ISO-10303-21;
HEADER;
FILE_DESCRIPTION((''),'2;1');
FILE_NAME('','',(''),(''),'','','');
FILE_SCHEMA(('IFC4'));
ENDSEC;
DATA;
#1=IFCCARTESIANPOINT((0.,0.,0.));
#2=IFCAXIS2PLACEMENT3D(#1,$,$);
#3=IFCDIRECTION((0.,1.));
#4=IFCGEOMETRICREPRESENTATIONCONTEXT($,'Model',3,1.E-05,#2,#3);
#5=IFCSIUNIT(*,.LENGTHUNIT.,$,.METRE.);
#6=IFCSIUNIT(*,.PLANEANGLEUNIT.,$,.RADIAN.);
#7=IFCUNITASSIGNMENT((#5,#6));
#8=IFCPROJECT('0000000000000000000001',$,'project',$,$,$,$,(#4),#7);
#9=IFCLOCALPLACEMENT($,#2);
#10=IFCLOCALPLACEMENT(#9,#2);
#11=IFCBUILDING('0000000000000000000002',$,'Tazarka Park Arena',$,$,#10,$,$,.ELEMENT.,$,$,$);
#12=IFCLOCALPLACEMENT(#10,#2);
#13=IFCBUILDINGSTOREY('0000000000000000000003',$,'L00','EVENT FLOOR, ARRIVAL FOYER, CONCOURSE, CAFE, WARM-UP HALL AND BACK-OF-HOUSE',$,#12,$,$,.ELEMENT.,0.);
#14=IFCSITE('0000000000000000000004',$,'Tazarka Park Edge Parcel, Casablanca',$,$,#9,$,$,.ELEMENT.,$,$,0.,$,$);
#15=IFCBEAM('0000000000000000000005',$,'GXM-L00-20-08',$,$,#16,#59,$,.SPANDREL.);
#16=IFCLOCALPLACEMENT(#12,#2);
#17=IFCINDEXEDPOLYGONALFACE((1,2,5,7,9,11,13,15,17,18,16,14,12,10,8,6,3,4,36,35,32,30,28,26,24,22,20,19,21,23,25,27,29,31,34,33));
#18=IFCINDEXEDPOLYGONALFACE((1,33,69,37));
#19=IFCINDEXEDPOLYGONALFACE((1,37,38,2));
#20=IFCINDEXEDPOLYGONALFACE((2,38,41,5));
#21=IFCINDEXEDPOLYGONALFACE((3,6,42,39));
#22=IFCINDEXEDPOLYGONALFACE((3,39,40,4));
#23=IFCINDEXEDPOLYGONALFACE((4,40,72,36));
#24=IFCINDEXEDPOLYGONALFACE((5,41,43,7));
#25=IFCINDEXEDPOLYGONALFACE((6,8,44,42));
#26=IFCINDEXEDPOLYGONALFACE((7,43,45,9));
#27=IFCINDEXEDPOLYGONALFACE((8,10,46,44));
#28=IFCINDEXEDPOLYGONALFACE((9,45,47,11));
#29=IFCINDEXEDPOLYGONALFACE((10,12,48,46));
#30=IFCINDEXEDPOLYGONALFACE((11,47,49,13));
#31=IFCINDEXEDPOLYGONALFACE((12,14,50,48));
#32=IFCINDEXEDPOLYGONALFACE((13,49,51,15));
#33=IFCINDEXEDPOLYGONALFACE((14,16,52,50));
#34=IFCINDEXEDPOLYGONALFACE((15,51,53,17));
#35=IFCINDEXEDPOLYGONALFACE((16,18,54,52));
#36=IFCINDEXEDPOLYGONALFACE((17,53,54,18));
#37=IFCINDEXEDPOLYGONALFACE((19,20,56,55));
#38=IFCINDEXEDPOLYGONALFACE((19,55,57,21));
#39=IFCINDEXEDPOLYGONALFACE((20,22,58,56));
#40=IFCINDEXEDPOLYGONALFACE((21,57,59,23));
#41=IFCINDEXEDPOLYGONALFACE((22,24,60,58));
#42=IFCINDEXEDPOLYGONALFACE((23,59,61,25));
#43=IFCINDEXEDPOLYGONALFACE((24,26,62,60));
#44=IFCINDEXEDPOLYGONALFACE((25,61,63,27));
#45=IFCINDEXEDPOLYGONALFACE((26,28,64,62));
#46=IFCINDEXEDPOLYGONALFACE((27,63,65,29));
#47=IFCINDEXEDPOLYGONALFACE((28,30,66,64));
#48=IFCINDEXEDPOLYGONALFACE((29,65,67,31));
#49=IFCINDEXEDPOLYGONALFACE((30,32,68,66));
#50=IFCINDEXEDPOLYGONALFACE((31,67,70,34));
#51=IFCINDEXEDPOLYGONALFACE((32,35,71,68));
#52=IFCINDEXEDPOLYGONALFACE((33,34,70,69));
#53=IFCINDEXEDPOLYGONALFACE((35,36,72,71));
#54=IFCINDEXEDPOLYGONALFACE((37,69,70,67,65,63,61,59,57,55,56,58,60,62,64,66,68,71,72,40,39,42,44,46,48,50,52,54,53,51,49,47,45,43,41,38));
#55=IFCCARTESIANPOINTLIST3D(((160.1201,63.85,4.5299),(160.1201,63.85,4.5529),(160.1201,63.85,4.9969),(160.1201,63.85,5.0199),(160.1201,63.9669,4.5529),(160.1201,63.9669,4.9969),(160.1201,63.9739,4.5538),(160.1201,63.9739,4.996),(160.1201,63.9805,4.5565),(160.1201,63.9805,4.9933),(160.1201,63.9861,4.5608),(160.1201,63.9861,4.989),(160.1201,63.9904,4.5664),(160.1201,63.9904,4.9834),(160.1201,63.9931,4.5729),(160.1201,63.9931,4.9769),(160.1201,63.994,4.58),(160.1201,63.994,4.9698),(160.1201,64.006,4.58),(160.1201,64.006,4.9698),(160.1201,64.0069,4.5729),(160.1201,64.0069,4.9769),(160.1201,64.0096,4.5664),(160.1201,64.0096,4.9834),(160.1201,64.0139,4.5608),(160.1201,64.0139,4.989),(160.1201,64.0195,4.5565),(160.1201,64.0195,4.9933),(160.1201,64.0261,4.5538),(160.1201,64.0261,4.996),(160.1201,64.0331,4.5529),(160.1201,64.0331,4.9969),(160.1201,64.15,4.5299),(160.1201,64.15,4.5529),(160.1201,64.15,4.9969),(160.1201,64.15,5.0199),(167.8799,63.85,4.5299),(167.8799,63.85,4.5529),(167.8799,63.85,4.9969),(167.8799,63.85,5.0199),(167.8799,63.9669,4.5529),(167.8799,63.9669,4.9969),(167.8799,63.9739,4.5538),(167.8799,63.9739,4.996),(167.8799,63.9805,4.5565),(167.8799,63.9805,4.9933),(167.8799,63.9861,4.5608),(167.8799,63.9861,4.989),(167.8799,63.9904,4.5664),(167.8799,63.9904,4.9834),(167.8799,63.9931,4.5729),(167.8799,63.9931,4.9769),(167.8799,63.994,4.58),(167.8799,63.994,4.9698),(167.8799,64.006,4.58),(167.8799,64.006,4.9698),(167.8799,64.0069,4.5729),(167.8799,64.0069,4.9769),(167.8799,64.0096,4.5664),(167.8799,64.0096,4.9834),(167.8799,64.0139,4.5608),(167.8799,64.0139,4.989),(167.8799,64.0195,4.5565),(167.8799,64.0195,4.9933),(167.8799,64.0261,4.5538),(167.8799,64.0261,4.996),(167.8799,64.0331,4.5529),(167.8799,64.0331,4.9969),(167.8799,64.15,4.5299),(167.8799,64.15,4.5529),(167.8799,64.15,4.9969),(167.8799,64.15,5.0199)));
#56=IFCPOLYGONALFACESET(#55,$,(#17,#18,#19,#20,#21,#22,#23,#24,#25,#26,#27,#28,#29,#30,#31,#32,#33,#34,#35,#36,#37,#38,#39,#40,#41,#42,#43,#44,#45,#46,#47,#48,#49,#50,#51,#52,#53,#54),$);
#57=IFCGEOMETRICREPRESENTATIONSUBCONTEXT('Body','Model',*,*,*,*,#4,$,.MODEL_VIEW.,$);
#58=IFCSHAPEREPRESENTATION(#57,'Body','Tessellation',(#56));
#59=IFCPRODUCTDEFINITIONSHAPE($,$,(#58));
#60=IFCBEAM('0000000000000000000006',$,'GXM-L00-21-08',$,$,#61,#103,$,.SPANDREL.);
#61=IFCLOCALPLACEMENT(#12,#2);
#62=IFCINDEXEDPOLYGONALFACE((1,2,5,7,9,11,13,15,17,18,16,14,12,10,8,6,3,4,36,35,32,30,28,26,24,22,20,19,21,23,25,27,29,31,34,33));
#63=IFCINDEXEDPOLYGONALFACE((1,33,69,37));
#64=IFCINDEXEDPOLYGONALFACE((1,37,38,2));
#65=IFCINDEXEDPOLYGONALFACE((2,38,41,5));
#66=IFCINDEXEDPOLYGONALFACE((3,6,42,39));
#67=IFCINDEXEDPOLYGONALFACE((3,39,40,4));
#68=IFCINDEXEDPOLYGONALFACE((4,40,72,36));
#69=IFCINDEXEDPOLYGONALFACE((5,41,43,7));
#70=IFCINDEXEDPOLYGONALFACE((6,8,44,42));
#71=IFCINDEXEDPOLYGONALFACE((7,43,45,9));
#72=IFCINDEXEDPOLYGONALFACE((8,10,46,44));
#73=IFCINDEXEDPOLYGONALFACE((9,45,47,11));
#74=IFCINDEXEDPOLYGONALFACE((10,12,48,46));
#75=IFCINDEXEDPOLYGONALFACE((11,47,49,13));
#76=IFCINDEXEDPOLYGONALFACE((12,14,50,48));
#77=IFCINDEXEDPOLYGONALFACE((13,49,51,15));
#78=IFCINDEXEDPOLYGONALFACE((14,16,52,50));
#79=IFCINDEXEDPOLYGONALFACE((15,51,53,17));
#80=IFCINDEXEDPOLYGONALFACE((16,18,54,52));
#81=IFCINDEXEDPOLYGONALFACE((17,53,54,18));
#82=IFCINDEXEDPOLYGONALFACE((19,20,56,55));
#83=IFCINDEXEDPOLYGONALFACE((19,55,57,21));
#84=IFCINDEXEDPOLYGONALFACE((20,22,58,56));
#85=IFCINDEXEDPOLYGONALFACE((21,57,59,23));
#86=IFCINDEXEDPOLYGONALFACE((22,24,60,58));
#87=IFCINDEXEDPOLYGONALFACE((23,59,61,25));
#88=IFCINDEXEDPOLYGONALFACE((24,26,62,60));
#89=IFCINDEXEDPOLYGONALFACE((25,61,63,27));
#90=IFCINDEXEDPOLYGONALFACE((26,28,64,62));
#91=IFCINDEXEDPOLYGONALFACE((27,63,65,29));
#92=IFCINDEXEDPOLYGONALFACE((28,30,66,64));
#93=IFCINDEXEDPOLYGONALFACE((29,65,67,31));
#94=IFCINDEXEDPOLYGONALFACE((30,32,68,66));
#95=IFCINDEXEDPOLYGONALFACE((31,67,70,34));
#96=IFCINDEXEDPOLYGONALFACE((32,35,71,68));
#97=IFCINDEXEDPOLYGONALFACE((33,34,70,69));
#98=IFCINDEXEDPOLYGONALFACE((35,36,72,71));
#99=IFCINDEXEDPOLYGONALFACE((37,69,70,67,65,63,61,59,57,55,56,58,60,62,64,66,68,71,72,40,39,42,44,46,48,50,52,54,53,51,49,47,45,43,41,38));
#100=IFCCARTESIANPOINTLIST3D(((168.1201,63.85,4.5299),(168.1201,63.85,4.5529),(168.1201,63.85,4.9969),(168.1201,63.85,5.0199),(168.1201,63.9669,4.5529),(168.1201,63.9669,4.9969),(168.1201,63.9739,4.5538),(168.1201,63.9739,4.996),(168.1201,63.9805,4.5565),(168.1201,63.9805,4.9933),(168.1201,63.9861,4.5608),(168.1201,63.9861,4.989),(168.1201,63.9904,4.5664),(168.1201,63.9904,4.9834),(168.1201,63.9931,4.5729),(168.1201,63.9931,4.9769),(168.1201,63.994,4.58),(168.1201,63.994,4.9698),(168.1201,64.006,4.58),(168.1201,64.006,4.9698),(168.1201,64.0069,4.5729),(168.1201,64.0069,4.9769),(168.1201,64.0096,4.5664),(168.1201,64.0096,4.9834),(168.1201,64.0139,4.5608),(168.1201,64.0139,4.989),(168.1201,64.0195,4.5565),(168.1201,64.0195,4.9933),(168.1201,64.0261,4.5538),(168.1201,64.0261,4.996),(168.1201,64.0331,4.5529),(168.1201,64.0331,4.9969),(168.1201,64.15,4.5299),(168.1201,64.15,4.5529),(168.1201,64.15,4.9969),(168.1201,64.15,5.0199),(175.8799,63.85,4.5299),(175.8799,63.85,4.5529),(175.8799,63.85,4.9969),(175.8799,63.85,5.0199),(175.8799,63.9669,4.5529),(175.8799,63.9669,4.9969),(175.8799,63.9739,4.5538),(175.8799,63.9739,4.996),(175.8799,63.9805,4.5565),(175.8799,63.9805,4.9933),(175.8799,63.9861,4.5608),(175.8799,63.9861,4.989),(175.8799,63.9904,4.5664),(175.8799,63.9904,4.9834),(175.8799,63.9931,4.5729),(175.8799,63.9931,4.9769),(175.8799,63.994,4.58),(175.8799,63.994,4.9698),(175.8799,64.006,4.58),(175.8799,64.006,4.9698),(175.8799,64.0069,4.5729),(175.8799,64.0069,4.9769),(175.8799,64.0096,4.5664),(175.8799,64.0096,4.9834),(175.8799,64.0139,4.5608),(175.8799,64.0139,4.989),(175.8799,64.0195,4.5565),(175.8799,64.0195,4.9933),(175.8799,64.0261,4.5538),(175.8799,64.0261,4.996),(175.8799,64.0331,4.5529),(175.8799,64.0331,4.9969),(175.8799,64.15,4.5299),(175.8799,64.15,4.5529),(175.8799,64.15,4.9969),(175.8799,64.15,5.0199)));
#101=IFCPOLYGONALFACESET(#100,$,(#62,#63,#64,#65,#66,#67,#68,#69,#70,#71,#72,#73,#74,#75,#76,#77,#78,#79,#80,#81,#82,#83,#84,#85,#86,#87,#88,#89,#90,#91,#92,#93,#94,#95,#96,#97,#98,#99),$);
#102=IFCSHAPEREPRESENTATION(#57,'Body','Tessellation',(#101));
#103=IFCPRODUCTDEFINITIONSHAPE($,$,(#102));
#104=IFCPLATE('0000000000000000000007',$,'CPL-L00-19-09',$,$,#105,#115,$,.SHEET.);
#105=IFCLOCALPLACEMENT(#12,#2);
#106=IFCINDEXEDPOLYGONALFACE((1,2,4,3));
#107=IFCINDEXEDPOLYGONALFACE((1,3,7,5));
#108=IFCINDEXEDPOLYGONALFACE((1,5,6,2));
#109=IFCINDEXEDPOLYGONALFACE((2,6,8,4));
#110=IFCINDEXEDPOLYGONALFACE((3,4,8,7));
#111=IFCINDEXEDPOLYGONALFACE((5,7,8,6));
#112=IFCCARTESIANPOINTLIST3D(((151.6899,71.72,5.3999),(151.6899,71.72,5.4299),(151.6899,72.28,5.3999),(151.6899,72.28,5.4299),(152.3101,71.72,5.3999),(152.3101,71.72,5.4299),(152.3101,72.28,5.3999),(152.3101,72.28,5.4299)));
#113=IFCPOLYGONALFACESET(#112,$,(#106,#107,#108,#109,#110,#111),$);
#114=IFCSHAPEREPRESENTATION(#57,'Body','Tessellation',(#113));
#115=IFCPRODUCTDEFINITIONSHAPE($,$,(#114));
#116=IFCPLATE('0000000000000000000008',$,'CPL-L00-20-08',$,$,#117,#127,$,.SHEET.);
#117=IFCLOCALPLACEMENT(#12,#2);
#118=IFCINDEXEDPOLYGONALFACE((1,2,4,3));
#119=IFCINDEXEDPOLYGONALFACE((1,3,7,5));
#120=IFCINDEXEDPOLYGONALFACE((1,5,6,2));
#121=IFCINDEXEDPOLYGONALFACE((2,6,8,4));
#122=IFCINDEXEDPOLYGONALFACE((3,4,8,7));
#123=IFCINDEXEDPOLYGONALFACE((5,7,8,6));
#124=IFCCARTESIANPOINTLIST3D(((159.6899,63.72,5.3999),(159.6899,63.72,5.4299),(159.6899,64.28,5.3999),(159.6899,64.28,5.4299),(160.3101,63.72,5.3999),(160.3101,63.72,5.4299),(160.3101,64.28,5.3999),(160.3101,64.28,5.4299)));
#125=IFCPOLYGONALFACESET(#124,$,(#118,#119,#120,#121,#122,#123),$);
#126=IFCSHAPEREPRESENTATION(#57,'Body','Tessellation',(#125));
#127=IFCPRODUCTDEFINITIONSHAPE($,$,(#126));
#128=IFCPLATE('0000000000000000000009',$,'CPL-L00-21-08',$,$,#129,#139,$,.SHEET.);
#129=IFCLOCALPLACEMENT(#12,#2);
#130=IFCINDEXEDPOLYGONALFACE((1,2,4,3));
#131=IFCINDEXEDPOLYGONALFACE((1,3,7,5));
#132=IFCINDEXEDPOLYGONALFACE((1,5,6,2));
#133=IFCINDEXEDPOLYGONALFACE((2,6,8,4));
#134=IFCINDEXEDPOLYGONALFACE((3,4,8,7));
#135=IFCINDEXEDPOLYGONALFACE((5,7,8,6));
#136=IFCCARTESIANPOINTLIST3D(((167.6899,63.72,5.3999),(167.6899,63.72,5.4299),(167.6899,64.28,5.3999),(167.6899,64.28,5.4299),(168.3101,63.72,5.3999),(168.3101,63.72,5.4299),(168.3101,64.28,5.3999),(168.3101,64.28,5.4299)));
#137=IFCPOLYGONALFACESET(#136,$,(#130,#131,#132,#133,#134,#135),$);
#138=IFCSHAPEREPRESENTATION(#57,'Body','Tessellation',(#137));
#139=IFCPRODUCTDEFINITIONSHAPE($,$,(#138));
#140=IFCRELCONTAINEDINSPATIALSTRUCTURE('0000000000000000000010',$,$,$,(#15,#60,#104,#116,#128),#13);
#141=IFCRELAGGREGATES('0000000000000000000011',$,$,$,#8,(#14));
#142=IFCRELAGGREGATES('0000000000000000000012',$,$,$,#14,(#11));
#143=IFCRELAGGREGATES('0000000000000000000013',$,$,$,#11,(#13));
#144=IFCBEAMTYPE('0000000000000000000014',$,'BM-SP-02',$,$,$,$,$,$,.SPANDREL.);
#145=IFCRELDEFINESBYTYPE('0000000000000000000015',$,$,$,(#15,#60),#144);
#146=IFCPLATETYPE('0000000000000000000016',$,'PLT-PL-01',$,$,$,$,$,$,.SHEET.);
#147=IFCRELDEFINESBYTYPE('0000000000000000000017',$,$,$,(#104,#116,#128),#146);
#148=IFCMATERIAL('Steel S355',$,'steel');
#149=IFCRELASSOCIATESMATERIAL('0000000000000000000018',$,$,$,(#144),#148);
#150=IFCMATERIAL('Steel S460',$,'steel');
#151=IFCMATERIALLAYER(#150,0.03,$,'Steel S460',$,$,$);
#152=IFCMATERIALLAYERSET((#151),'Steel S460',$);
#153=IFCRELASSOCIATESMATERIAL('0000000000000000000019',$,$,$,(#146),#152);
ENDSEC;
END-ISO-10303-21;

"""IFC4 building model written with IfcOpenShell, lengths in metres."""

from ifc_helpers import new_model, si_unit, direction, frame, origin, origin_2d, place, context, subcontext, project, spatial, rectangle, i_section, extrude, material, layer, layer_set, material_profile, profile_set, type_object, element, save


model = new_model("IFC4")

# Units and contexts
model_context = context("Model", 3, precision=1e-05, world=origin(), true_north=direction((0.0, 1.0)))
body_context = subcontext(model_context, "Body", "Model", "MODEL_VIEW")
ifc_project = project(units=[si_unit("LENGTHUNIT", "METRE"), si_unit("PLANEANGLEUNIT", "RADIAN")], contexts=[model_context])

# Site, building, storey
site_placement = place(None, origin())
site = spatial("IfcSite", under=ifc_project, at=site_placement, Name="Tazarka Park Edge Parcel, Casablanca", CompositionType="ELEMENT", RefElevation=0.0)
building_placement = place(site_placement, origin())
building = spatial("IfcBuilding", under=site, at=building_placement, Name="Tazarka Park Arena", CompositionType="ELEMENT")
storey_placement = place(building_placement, origin())
storey = spatial("IfcBuildingStorey", under=building, at=storey_placement, Name="L00", Description="EVENT FLOOR, ARRIVAL FOYER, CONCOURSE, CAFE, WARM-UP HALL AND BACK-OF-HOUSE", CompositionType="ELEMENT", Elevation=0.0)

# Beams
ifc_material_1 = material(Name="Steel S355", Category="steel")
ifc_material_profile_1 = material_profile(ifc_material_1, i_section(OverallWidth=0.3, OverallDepth=0.49, WebThickness=0.012, FlangeThickness=0.0229, FilletRadius=0.0271, at=origin_2d()), Name="Steel S355")
ifc_profile_set_1 = profile_set([ifc_material_profile_1], Name="Steel S355")
beam_type_1 = type_object("IfcBeamType", Name="BM-SP-02", PredefinedType="SPANDREL", material=ifc_profile_set_1)
for number, where, z_axis, x_axis, name in (
    (1, (160.1201, 64.0, 4.7749), (1.0, 0.0, 0.0), (0.0, 1.0, 0.0), "GXM-L00-20-08"),
    (2, (168.1201, 64.0, 4.7749), (1.0, 0.0, 0.0), (0.0, 1.0, 0.0), "GXM-L00-21-08"),
):
    element("IfcBeam", number, at=place(storey_placement, frame(where, z_axis=z_axis, x_axis=x_axis)), inside=storey, type_object=beam_type_1, Name=name, PredefinedType="SPANDREL", context=body_context, shape_type="SweptSolid", body=[
        extrude(i_section(OverallWidth=0.3, OverallDepth=0.49, WebThickness=0.012, FlangeThickness=0.0229, FilletRadius=0.0271, at=origin_2d()), origin(), (0.0, 0.0, 1.0), 7.7598),
    ])

# Plates
ifc_material_2 = material(Name="Steel S460", Category="steel")
ifc_layer = layer(ifc_material_2, 0.03, Name="Steel S460")
ifc_layer_set = layer_set([ifc_layer], Name="Steel S460")
plate_type = type_object("IfcPlateType", Name="PLT-PL-01", PredefinedType="SHEET", material=ifc_layer_set)
for number, where, z_axis, x_axis, name in (
    (3, (152.0, 72.0, 5.3999), (0.0, 0.0, 1.0), (1.0, 0.0, 0.0), "CPL-L00-19-09"),
    (4, (160.0, 64.0, 5.3999), (0.0, 0.0, 1.0), (1.0, 0.0, 0.0), "CPL-L00-20-08"),
    (5, (168.0, 64.0, 5.3999), (0.0, 0.0, 1.0), (1.0, 0.0, 0.0), "CPL-L00-21-08"),
):
    element("IfcPlate", number, at=place(storey_placement, frame(where, z_axis=z_axis, x_axis=x_axis)), inside=storey, type_object=plate_type, Name=name, PredefinedType="SHEET", context=body_context, shape_type="SweptSolid", body=[
        extrude(rectangle(XDim=0.6201, YDim=0.5601, at=origin_2d()), origin(), (0.0, 0.0, 1.0), 0.03),
    ])

save(model, "model.ifc")
